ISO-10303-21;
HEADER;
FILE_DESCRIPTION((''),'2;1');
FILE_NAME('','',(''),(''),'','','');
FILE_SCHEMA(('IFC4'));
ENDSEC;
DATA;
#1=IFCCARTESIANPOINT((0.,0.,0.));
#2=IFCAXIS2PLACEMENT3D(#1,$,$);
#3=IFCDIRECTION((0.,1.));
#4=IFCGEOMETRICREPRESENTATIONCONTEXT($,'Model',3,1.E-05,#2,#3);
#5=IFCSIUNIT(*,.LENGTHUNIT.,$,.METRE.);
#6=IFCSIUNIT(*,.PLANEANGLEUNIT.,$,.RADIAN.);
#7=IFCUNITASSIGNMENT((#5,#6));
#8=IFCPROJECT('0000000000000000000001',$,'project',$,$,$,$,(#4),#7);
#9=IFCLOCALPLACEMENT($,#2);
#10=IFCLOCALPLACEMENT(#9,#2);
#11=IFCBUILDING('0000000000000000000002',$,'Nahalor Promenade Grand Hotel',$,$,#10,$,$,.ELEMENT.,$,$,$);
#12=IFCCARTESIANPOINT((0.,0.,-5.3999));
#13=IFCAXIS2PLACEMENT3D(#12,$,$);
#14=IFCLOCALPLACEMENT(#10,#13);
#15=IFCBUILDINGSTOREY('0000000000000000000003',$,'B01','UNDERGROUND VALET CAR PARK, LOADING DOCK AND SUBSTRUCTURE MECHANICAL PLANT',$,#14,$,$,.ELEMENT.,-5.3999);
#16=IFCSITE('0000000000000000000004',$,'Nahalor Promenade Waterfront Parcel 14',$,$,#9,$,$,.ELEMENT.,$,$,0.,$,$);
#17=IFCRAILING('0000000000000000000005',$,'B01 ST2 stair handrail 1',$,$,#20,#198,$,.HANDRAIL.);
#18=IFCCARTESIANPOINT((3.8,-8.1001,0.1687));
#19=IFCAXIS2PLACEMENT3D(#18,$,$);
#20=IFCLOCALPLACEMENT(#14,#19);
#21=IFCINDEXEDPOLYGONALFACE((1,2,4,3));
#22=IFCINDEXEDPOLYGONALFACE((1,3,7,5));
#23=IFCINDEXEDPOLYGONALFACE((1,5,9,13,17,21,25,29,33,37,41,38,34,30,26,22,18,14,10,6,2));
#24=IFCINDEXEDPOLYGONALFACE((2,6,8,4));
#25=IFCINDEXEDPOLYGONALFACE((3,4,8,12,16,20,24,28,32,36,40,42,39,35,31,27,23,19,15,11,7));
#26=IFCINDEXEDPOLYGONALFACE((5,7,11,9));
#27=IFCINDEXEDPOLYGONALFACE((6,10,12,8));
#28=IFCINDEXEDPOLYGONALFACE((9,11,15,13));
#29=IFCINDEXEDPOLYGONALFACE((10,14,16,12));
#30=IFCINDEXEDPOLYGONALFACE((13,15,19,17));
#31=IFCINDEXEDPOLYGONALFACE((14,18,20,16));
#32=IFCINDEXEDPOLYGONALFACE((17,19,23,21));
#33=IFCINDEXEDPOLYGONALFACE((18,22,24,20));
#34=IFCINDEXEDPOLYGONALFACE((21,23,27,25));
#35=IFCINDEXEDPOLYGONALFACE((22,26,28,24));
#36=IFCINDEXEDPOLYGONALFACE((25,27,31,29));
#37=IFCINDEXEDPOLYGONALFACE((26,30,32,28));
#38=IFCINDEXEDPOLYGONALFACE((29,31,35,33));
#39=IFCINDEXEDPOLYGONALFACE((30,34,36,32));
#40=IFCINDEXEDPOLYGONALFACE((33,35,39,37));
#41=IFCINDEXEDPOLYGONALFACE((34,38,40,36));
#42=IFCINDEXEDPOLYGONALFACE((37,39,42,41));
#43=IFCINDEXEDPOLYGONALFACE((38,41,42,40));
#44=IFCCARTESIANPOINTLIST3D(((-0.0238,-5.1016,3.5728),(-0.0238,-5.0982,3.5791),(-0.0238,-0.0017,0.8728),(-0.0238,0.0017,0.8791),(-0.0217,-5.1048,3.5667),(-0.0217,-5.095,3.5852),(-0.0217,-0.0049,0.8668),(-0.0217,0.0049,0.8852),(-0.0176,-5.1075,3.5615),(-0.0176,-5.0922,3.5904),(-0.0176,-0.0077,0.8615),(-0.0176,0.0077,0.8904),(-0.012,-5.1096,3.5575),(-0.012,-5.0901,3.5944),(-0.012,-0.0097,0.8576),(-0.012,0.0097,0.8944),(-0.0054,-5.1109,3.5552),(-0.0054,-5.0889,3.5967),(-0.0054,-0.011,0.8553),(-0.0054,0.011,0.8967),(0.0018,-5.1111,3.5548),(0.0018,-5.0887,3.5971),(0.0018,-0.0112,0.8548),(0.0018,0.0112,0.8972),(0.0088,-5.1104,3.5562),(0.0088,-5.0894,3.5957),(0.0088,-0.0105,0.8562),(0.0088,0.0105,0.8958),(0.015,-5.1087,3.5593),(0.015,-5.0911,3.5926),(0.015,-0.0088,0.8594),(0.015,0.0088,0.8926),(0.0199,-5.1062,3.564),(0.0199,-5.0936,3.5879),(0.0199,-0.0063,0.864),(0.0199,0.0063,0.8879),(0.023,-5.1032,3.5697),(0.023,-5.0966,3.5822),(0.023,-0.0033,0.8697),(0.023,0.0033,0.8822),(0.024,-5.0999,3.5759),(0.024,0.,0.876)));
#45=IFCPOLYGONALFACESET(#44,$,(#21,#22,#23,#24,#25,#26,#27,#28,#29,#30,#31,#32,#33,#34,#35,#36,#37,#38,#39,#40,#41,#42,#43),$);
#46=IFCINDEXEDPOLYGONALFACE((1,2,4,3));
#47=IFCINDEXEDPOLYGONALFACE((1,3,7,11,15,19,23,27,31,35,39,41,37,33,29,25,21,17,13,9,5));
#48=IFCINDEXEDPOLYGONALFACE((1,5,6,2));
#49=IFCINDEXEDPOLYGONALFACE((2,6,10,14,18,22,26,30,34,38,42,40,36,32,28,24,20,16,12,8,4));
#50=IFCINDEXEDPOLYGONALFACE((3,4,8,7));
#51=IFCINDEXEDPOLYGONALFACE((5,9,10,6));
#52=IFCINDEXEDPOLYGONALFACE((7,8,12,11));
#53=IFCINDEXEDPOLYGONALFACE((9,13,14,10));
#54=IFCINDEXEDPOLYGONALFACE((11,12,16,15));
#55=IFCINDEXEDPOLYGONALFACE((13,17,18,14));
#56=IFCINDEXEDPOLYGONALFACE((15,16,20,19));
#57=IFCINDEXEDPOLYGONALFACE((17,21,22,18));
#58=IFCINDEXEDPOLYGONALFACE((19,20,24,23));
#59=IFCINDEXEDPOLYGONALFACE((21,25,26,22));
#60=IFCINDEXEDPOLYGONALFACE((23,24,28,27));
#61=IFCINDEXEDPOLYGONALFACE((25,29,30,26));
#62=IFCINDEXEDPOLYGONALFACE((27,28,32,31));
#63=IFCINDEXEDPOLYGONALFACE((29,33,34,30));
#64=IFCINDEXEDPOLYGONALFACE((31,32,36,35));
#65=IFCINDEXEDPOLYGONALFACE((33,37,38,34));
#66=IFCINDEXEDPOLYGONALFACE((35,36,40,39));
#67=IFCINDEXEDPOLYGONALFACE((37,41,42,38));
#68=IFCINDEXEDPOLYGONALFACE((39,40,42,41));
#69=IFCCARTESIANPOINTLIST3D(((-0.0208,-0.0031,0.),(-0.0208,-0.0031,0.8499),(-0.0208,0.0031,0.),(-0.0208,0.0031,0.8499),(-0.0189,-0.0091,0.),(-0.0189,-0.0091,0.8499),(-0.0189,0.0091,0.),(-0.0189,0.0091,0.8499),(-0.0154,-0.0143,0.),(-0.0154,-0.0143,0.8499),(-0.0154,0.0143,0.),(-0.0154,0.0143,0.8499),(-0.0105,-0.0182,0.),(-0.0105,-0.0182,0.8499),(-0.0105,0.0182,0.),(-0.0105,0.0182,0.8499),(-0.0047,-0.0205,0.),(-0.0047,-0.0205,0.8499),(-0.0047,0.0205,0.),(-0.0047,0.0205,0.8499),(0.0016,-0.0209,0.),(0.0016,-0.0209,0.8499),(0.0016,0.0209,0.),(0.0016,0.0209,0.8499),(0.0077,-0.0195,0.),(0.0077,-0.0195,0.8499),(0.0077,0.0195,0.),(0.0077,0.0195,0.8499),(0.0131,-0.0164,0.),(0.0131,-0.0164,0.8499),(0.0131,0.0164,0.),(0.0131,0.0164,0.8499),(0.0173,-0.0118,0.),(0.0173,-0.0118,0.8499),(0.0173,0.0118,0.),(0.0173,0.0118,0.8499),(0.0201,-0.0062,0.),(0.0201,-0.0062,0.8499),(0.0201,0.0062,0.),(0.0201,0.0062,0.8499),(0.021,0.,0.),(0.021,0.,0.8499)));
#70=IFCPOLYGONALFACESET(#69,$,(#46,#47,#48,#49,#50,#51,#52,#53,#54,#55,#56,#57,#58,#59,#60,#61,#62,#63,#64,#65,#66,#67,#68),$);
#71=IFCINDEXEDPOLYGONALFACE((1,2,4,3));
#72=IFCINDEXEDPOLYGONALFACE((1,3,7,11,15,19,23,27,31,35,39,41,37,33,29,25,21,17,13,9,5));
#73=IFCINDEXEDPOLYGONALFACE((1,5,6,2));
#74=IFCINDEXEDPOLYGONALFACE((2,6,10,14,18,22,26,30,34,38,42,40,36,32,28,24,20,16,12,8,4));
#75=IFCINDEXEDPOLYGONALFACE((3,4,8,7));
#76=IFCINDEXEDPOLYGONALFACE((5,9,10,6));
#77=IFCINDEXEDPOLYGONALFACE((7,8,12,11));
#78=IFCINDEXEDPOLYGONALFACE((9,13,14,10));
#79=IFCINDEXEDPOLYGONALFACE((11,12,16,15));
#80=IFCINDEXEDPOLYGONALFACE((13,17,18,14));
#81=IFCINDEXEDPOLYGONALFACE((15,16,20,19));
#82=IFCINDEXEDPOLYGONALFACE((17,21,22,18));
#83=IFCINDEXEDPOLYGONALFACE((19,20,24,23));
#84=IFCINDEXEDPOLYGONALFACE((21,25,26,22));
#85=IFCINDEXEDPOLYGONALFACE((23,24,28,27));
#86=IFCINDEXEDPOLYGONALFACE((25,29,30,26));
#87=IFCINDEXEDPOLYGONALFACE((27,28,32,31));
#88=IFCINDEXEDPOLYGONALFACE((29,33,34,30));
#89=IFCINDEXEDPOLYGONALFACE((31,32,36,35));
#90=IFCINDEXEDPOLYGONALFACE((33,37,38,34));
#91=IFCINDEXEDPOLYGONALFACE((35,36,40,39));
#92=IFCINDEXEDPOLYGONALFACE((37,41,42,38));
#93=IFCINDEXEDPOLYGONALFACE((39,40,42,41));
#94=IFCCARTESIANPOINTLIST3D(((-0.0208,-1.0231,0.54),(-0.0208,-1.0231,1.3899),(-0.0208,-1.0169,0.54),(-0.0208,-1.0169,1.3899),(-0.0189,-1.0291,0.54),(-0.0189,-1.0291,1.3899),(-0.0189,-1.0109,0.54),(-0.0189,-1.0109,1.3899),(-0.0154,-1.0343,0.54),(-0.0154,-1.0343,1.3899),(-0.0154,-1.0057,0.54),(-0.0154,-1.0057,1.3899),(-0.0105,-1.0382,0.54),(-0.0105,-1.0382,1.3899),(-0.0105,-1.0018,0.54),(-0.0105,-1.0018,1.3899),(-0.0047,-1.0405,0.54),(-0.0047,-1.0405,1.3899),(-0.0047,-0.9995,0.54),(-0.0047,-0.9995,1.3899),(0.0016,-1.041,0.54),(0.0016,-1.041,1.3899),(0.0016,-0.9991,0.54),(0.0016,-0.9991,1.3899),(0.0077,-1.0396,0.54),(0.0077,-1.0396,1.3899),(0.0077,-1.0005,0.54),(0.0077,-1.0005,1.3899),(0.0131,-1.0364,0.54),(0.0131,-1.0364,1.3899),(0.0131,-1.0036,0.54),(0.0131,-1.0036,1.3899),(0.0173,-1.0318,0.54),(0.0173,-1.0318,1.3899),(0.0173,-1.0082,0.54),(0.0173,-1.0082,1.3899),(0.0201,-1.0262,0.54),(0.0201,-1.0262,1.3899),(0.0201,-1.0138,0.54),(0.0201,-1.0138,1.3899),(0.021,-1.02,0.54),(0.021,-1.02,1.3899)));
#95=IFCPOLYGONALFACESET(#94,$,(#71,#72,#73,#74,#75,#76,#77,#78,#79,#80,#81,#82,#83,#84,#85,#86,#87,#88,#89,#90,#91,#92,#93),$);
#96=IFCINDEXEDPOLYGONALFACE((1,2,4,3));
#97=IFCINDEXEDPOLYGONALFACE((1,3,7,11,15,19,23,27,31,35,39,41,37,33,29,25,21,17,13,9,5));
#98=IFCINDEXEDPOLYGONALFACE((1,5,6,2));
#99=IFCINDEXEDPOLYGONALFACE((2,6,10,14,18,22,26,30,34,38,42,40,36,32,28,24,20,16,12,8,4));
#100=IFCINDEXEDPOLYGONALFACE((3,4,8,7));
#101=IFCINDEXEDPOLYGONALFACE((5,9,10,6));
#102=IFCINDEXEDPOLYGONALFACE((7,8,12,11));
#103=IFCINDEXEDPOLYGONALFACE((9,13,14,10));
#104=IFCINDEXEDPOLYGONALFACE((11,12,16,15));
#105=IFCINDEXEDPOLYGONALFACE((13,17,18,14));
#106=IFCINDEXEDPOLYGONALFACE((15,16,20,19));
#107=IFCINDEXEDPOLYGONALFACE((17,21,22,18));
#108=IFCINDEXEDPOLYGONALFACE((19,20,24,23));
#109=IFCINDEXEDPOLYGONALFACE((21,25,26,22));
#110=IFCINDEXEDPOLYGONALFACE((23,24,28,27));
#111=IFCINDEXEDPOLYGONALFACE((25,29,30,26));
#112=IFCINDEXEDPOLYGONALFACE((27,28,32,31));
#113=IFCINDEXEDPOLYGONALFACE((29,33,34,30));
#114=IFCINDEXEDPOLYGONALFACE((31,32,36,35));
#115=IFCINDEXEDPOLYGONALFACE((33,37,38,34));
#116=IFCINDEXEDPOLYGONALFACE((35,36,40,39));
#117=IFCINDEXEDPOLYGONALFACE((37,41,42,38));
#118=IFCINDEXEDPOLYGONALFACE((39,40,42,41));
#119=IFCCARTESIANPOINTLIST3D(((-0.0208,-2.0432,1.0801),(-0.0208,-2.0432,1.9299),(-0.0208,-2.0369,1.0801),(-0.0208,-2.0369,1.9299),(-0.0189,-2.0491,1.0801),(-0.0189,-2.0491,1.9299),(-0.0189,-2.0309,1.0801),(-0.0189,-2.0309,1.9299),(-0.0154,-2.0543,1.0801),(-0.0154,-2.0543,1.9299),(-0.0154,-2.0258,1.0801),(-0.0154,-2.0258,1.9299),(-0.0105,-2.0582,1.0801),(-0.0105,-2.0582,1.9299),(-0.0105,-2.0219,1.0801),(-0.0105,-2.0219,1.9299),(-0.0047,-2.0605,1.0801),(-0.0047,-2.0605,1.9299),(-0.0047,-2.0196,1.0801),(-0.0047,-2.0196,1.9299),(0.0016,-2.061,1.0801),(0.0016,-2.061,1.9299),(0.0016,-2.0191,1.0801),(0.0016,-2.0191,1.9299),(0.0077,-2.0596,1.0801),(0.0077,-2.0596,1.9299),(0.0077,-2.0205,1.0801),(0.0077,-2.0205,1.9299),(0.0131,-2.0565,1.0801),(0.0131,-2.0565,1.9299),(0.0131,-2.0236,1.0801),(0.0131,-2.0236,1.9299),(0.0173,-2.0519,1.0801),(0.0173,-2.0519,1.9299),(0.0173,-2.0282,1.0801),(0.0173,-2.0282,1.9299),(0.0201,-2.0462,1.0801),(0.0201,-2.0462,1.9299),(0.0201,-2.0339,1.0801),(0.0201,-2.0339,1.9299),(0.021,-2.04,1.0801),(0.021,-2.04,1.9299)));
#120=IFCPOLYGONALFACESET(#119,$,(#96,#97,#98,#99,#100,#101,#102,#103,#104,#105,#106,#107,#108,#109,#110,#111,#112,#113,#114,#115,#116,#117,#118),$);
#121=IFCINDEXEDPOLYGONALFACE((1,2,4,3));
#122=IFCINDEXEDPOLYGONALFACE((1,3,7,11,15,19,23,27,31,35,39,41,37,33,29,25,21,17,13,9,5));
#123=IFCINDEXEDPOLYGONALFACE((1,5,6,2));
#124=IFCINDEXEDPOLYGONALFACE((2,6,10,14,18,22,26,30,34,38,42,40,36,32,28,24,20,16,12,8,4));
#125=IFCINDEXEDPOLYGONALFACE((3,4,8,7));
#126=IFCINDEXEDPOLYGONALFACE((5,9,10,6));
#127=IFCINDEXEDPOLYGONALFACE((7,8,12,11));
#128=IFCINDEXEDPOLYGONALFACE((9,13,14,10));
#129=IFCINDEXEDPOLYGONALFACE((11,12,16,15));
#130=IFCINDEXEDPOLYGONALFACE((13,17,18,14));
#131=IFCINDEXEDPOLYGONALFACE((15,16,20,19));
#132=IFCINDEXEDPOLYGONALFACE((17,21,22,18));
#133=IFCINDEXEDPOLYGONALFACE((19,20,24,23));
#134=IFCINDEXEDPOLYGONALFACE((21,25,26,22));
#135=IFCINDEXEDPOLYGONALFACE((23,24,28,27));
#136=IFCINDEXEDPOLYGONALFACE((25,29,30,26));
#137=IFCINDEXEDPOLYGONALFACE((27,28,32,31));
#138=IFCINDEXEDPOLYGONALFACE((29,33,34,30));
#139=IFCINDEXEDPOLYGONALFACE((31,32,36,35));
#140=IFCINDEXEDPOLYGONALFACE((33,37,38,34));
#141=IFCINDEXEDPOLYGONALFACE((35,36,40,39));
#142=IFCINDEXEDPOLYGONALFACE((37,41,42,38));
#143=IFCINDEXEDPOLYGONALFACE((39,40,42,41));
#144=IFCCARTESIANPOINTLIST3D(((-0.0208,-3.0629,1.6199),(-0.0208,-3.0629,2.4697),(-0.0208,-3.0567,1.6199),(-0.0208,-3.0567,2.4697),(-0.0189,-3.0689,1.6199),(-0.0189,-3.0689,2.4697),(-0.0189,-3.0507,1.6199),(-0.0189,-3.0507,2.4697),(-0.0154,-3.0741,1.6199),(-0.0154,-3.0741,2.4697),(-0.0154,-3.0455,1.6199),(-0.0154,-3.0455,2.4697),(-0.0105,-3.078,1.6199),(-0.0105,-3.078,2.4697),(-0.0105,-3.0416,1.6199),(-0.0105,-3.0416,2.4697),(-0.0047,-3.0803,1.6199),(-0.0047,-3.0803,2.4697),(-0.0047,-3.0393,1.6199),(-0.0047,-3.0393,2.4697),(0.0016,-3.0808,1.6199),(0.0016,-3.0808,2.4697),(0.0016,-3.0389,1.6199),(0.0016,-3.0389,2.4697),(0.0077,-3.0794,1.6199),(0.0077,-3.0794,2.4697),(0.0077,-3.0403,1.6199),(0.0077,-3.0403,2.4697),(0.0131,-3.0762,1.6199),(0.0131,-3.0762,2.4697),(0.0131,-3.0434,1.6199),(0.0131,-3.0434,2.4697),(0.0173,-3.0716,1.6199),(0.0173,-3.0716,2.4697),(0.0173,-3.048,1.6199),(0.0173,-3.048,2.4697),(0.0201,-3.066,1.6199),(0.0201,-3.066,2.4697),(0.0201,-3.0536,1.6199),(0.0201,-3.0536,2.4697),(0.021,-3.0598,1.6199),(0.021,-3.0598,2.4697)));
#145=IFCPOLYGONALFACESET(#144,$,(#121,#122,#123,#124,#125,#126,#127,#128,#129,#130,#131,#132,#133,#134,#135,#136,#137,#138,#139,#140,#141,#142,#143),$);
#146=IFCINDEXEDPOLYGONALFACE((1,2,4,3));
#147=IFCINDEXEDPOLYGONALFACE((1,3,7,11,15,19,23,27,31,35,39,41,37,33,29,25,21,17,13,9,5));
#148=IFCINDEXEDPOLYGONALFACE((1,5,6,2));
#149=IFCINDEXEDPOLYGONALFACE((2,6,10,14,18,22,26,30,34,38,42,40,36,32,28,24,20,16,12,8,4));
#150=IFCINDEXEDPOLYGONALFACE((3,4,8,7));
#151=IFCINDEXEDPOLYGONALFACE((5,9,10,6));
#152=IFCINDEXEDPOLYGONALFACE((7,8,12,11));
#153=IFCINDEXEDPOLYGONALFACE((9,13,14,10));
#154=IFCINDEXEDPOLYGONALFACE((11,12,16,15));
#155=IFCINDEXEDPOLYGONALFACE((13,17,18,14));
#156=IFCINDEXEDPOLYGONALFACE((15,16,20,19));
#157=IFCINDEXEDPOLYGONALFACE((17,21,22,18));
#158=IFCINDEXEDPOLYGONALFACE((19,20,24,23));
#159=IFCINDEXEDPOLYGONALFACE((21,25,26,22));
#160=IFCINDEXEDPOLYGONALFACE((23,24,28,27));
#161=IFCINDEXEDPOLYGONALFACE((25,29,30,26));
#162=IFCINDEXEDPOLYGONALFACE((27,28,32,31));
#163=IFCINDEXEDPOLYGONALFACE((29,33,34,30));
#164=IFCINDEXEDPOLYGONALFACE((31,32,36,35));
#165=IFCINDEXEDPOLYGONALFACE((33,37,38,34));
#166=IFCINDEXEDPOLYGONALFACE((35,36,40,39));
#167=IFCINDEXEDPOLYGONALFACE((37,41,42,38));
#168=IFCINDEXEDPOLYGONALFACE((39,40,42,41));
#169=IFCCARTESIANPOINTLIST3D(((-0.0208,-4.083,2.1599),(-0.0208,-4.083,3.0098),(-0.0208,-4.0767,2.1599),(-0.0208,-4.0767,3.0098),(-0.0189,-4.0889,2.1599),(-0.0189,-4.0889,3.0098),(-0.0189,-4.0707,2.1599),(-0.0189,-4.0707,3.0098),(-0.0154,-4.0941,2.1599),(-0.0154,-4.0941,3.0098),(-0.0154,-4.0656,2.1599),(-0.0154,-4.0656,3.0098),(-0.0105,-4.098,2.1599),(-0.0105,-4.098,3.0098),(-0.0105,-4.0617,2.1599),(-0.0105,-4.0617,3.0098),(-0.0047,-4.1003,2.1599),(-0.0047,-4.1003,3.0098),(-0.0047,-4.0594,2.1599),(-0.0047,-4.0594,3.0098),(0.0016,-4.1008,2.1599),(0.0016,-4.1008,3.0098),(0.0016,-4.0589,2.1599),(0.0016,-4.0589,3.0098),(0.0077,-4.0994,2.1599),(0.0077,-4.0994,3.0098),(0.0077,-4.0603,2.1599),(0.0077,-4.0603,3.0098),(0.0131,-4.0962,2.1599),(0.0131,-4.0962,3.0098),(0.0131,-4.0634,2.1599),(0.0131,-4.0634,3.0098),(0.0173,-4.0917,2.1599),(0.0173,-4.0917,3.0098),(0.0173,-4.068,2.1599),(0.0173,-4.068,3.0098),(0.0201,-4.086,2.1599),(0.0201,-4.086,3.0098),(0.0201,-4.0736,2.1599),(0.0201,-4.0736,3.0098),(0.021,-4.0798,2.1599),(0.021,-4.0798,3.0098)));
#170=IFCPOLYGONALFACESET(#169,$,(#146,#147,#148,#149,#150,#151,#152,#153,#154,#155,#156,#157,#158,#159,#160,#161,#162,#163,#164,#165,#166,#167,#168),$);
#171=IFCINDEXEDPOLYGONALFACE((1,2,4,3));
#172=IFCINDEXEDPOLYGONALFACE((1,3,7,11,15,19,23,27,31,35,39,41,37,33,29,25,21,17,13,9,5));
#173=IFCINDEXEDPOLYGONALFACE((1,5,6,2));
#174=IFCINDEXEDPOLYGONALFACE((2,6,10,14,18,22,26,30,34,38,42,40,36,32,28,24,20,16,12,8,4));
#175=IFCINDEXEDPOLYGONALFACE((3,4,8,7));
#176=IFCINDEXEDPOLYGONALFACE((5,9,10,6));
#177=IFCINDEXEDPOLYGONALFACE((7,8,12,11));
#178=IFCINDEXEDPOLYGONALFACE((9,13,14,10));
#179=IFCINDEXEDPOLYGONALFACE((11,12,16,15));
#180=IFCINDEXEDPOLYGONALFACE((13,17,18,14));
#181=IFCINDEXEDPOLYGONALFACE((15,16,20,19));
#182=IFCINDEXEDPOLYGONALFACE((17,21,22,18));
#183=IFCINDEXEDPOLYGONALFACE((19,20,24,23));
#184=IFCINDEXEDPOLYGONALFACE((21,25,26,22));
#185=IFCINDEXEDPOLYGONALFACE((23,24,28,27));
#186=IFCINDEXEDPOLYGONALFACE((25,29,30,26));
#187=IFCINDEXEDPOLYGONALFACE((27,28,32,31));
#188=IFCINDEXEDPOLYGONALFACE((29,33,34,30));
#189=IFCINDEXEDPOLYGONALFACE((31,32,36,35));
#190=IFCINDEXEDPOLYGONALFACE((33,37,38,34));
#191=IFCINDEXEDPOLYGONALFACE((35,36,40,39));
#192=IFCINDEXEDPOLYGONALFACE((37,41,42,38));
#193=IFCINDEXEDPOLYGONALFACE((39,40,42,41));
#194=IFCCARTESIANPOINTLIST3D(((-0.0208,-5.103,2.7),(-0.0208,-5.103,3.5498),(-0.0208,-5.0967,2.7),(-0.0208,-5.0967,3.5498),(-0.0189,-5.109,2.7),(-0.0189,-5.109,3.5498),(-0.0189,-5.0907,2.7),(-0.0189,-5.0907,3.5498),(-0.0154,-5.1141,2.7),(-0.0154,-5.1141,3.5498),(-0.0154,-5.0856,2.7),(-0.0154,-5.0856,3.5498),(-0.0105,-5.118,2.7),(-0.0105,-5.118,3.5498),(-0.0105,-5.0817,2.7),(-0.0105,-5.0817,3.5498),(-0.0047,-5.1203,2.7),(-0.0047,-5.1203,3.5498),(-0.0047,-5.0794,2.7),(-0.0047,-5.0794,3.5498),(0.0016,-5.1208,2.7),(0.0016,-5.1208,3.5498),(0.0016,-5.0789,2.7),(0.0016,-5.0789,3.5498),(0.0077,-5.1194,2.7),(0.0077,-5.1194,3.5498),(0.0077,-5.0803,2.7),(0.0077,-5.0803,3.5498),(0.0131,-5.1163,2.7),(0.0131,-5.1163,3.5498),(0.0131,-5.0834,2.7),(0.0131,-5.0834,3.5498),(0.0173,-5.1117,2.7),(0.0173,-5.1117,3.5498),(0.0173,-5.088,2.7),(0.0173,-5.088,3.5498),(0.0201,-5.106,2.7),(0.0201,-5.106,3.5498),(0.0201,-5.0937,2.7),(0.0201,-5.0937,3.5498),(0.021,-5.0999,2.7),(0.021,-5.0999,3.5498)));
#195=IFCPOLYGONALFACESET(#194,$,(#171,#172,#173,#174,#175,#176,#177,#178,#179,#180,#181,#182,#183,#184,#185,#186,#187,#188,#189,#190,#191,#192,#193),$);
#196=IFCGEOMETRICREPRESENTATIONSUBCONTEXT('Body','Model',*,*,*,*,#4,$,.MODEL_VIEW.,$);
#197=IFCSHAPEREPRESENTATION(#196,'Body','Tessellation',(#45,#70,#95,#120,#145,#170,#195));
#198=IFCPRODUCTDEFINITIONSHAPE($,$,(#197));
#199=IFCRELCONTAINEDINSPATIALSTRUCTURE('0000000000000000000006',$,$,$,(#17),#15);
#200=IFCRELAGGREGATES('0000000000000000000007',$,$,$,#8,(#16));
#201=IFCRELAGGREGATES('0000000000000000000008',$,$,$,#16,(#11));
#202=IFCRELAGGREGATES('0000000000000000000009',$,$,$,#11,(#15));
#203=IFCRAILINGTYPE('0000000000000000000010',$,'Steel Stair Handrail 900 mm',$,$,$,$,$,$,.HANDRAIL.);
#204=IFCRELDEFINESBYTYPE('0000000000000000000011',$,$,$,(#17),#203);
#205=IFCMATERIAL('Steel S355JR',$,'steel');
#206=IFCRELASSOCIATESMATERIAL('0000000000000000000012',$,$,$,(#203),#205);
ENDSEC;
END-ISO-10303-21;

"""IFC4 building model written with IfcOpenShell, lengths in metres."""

from ifc_helpers import new_model, si_unit, direction, frame, origin, origin_2d, place, context, subcontext, project, spatial, circle, extrude, material, type_object, element, save


model = new_model("IFC4")

# Units and contexts
model_context = context("Model", 3, precision=1e-05, world=origin(), true_north=direction((0.0, 1.0)))
body_context = subcontext(model_context, "Body", "Model", "MODEL_VIEW")
ifc_project = project(units=[si_unit("LENGTHUNIT", "METRE"), si_unit("PLANEANGLEUNIT", "RADIAN")], contexts=[model_context])

# Site, building, storey
site_placement = place(None, origin())
site = spatial("IfcSite", under=ifc_project, at=site_placement, Name="Nahalor Promenade Waterfront Parcel 14", CompositionType="ELEMENT", RefElevation=0.0)
building_placement = place(site_placement, origin())
building = spatial("IfcBuilding", under=site, at=building_placement, Name="Nahalor Promenade Grand Hotel", CompositionType="ELEMENT")
storey_placement = place(building_placement, frame((0.0, 0.0, -5.3999)))
storey = spatial("IfcBuildingStorey", under=building, at=storey_placement, Name="B01", Description="UNDERGROUND VALET CAR PARK, LOADING DOCK AND SUBSTRUCTURE MECHANICAL PLANT", CompositionType="ELEMENT", Elevation=-5.3999)

# Shared definitions
ifc_material_1 = material(Name="Steel S355JR", Category="steel")

# Railing
railing_type_1 = type_object("IfcRailingType", Name="Steel Stair Handrail 900 mm", PredefinedType="HANDRAIL", material=ifc_material_1)
railing_1_placement = place(storey_placement, frame((3.8, -8.1001, 0.1687)))
element("IfcRailing", 1, at=railing_1_placement, inside=storey, type_object=railing_type_1, Name="B01 ST2 stair handrail 1", PredefinedType="HANDRAIL", context=body_context, shape_type="SweptSolid", body=[
    extrude(circle(Radius=0.024, at=origin_2d()), frame((0.0, 0.0, 0.876), z_axis=(0.0, -0.883786, 0.467892), x_axis=(1.0, 0.0, 0.0)), (0.0, 0.0, 1.0), 5.7705),
    extrude(circle(Radius=0.021, at=origin_2d()), origin(), (0.0, 0.0, 1.0), 0.8499),
    extrude(circle(Radius=0.021, at=origin_2d()), frame((0.0, -1.02, 0.54)), (0.0, 0.0, 1.0), 0.8499),
    extrude(circle(Radius=0.021, at=origin_2d()), frame((0.0, -2.04, 1.0801)), (0.0, 0.0, 1.0), 0.8499),
    extrude(circle(Radius=0.021, at=origin_2d()), frame((0.0, -3.0598, 1.6199)), (0.0, 0.0, 1.0), 0.8499),
    extrude(circle(Radius=0.021, at=origin_2d()), frame((0.0, -4.0798, 2.1599)), (0.0, 0.0, 1.0), 0.8499),
    extrude(circle(Radius=0.021, at=origin_2d()), frame((0.0, -5.0999, 2.7)), (0.0, 0.0, 1.0), 0.8499),
])

save(model, "model.ifc")
